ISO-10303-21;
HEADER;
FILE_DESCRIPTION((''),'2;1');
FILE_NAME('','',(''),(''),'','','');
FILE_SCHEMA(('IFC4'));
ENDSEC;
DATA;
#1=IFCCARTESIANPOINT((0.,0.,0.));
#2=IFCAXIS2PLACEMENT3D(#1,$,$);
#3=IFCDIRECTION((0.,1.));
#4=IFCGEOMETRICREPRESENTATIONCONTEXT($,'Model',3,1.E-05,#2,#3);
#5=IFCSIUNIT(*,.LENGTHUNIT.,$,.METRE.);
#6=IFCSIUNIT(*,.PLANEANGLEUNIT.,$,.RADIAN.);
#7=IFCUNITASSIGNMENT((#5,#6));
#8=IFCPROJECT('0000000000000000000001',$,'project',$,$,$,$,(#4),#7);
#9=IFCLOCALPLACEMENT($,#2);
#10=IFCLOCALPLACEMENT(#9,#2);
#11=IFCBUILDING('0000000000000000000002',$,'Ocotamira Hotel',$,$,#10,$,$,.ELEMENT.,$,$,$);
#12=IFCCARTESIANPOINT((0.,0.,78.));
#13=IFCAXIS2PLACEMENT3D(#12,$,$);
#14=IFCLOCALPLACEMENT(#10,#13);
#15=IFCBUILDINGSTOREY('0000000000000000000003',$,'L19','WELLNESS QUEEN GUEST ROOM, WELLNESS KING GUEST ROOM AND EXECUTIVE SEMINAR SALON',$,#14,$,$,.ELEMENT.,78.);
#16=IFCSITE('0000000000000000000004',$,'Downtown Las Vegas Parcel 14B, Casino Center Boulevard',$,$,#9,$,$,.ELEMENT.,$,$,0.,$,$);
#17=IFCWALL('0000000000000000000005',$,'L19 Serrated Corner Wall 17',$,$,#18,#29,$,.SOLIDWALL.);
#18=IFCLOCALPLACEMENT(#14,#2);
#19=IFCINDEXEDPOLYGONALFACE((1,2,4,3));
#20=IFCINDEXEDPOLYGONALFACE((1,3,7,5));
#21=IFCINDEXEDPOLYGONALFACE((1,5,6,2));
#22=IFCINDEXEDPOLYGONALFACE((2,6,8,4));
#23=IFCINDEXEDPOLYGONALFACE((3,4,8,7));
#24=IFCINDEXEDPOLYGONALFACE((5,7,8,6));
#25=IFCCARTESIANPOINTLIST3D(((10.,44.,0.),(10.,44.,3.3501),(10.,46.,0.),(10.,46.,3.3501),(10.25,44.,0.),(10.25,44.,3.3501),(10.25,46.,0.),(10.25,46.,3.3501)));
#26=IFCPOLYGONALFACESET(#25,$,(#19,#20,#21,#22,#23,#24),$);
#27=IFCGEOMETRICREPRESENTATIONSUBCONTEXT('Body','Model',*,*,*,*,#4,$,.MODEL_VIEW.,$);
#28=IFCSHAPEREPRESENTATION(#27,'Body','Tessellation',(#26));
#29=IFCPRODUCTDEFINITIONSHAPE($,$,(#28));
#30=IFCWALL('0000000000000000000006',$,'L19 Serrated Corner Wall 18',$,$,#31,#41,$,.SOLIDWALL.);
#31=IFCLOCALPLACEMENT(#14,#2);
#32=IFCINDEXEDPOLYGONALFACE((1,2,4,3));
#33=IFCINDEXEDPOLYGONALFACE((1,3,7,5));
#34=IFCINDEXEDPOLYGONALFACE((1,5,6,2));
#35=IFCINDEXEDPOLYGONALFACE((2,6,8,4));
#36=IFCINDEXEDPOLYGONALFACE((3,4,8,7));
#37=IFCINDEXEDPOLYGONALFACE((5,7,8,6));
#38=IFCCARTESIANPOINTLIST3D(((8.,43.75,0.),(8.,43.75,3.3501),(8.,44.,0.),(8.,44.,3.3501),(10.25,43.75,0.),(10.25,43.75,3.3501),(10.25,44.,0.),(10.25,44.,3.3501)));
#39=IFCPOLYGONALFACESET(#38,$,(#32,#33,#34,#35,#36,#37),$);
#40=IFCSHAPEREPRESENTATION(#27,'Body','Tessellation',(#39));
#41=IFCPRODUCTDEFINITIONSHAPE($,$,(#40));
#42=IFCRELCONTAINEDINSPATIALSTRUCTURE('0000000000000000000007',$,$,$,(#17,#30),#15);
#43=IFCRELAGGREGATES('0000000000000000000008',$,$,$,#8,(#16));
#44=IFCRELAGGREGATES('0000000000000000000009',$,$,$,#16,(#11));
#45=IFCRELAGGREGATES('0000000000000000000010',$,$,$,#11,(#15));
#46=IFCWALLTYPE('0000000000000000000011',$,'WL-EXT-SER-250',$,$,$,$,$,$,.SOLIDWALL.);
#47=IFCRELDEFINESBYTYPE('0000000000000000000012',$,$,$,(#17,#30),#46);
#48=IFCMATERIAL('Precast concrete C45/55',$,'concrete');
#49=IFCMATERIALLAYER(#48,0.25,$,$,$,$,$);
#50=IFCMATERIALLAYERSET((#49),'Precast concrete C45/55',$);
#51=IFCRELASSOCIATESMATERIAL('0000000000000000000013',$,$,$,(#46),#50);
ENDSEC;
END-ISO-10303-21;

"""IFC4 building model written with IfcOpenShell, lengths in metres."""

from ifc_helpers import new_model, si_unit, direction, frame, frame_2d, origin, place, context, subcontext, project, spatial, rectangle, extrude, material, layer, layer_set, type_object, element, save


model = new_model("IFC4")

# Units and contexts
model_context = context("Model", 3, precision=1e-05, world=origin(), true_north=direction((0.0, 1.0)))
body_context = subcontext(model_context, "Body", "Model", "MODEL_VIEW")
ifc_project = project(units=[si_unit("LENGTHUNIT", "METRE"), si_unit("PLANEANGLEUNIT", "RADIAN")], contexts=[model_context])

# Site, building, storey
site_placement = place(None, origin())
site = spatial("IfcSite", under=ifc_project, at=site_placement, Name="Downtown Las Vegas Parcel 14B, Casino Center Boulevard", CompositionType="ELEMENT", RefElevation=0.0)
building_placement = place(site_placement, origin())
building = spatial("IfcBuilding", under=site, at=building_placement, Name="Ocotamira Hotel", CompositionType="ELEMENT")
storey_placement = place(building_placement, frame((0.0, 0.0, 78.0)))
storey = spatial("IfcBuildingStorey", under=building, at=storey_placement, Name="L19", Description="WELLNESS QUEEN GUEST ROOM, WELLNESS KING GUEST ROOM AND EXECUTIVE SEMINAR SALON", CompositionType="ELEMENT", Elevation=78.0)

# Shared definitions
ifc_material_1 = material(Name="Precast concrete C45/55", Category="concrete")
ifc_layer_1 = layer(ifc_material_1, 0.25)
ifc_layer_set_1 = layer_set([ifc_layer_1], Name="Precast concrete C45/55")
wall_type_1 = type_object("IfcWallType", Name="WL-EXT-SER-250", PredefinedType="SOLIDWALL", material=ifc_layer_set_1)

# Walls
for number, where, z_axis, x_axis, name in (
    (1, (10.125, 46.0, 0.0), (0.0, 0.0, 1.0), (0.0, -1.0, 0.0), "L19 Serrated Corner Wall 17"),
):
    element("IfcWall", number, at=place(storey_placement, frame(where, z_axis=z_axis, x_axis=x_axis)), inside=storey, type_object=wall_type_1, Name=name, PredefinedType="SOLIDWALL", context=body_context, shape_type="SweptSolid", body=[
        extrude(rectangle(XDim=2.0, YDim=0.25, at=frame_2d((1.0, 0.0))), origin(), (0.0, 0.0, 1.0), 3.3501),
    ])
wall_1_placement = place(storey_placement, frame((10.25, 43.875, 0.0), z_axis=(0.0, 0.0, 1.0), x_axis=(-1.0, 0.0, 0.0)))
element("IfcWall", 2, at=wall_1_placement, inside=storey, type_object=wall_type_1, Name="L19 Serrated Corner Wall 18", PredefinedType="SOLIDWALL", context=body_context, shape_type="SweptSolid", body=[
    extrude(rectangle(XDim=2.25, YDim=0.25, at=frame_2d((1.125, 0.0))), origin(), (0.0, 0.0, 1.0), 3.3501),
])

save(model, "model.ifc")
